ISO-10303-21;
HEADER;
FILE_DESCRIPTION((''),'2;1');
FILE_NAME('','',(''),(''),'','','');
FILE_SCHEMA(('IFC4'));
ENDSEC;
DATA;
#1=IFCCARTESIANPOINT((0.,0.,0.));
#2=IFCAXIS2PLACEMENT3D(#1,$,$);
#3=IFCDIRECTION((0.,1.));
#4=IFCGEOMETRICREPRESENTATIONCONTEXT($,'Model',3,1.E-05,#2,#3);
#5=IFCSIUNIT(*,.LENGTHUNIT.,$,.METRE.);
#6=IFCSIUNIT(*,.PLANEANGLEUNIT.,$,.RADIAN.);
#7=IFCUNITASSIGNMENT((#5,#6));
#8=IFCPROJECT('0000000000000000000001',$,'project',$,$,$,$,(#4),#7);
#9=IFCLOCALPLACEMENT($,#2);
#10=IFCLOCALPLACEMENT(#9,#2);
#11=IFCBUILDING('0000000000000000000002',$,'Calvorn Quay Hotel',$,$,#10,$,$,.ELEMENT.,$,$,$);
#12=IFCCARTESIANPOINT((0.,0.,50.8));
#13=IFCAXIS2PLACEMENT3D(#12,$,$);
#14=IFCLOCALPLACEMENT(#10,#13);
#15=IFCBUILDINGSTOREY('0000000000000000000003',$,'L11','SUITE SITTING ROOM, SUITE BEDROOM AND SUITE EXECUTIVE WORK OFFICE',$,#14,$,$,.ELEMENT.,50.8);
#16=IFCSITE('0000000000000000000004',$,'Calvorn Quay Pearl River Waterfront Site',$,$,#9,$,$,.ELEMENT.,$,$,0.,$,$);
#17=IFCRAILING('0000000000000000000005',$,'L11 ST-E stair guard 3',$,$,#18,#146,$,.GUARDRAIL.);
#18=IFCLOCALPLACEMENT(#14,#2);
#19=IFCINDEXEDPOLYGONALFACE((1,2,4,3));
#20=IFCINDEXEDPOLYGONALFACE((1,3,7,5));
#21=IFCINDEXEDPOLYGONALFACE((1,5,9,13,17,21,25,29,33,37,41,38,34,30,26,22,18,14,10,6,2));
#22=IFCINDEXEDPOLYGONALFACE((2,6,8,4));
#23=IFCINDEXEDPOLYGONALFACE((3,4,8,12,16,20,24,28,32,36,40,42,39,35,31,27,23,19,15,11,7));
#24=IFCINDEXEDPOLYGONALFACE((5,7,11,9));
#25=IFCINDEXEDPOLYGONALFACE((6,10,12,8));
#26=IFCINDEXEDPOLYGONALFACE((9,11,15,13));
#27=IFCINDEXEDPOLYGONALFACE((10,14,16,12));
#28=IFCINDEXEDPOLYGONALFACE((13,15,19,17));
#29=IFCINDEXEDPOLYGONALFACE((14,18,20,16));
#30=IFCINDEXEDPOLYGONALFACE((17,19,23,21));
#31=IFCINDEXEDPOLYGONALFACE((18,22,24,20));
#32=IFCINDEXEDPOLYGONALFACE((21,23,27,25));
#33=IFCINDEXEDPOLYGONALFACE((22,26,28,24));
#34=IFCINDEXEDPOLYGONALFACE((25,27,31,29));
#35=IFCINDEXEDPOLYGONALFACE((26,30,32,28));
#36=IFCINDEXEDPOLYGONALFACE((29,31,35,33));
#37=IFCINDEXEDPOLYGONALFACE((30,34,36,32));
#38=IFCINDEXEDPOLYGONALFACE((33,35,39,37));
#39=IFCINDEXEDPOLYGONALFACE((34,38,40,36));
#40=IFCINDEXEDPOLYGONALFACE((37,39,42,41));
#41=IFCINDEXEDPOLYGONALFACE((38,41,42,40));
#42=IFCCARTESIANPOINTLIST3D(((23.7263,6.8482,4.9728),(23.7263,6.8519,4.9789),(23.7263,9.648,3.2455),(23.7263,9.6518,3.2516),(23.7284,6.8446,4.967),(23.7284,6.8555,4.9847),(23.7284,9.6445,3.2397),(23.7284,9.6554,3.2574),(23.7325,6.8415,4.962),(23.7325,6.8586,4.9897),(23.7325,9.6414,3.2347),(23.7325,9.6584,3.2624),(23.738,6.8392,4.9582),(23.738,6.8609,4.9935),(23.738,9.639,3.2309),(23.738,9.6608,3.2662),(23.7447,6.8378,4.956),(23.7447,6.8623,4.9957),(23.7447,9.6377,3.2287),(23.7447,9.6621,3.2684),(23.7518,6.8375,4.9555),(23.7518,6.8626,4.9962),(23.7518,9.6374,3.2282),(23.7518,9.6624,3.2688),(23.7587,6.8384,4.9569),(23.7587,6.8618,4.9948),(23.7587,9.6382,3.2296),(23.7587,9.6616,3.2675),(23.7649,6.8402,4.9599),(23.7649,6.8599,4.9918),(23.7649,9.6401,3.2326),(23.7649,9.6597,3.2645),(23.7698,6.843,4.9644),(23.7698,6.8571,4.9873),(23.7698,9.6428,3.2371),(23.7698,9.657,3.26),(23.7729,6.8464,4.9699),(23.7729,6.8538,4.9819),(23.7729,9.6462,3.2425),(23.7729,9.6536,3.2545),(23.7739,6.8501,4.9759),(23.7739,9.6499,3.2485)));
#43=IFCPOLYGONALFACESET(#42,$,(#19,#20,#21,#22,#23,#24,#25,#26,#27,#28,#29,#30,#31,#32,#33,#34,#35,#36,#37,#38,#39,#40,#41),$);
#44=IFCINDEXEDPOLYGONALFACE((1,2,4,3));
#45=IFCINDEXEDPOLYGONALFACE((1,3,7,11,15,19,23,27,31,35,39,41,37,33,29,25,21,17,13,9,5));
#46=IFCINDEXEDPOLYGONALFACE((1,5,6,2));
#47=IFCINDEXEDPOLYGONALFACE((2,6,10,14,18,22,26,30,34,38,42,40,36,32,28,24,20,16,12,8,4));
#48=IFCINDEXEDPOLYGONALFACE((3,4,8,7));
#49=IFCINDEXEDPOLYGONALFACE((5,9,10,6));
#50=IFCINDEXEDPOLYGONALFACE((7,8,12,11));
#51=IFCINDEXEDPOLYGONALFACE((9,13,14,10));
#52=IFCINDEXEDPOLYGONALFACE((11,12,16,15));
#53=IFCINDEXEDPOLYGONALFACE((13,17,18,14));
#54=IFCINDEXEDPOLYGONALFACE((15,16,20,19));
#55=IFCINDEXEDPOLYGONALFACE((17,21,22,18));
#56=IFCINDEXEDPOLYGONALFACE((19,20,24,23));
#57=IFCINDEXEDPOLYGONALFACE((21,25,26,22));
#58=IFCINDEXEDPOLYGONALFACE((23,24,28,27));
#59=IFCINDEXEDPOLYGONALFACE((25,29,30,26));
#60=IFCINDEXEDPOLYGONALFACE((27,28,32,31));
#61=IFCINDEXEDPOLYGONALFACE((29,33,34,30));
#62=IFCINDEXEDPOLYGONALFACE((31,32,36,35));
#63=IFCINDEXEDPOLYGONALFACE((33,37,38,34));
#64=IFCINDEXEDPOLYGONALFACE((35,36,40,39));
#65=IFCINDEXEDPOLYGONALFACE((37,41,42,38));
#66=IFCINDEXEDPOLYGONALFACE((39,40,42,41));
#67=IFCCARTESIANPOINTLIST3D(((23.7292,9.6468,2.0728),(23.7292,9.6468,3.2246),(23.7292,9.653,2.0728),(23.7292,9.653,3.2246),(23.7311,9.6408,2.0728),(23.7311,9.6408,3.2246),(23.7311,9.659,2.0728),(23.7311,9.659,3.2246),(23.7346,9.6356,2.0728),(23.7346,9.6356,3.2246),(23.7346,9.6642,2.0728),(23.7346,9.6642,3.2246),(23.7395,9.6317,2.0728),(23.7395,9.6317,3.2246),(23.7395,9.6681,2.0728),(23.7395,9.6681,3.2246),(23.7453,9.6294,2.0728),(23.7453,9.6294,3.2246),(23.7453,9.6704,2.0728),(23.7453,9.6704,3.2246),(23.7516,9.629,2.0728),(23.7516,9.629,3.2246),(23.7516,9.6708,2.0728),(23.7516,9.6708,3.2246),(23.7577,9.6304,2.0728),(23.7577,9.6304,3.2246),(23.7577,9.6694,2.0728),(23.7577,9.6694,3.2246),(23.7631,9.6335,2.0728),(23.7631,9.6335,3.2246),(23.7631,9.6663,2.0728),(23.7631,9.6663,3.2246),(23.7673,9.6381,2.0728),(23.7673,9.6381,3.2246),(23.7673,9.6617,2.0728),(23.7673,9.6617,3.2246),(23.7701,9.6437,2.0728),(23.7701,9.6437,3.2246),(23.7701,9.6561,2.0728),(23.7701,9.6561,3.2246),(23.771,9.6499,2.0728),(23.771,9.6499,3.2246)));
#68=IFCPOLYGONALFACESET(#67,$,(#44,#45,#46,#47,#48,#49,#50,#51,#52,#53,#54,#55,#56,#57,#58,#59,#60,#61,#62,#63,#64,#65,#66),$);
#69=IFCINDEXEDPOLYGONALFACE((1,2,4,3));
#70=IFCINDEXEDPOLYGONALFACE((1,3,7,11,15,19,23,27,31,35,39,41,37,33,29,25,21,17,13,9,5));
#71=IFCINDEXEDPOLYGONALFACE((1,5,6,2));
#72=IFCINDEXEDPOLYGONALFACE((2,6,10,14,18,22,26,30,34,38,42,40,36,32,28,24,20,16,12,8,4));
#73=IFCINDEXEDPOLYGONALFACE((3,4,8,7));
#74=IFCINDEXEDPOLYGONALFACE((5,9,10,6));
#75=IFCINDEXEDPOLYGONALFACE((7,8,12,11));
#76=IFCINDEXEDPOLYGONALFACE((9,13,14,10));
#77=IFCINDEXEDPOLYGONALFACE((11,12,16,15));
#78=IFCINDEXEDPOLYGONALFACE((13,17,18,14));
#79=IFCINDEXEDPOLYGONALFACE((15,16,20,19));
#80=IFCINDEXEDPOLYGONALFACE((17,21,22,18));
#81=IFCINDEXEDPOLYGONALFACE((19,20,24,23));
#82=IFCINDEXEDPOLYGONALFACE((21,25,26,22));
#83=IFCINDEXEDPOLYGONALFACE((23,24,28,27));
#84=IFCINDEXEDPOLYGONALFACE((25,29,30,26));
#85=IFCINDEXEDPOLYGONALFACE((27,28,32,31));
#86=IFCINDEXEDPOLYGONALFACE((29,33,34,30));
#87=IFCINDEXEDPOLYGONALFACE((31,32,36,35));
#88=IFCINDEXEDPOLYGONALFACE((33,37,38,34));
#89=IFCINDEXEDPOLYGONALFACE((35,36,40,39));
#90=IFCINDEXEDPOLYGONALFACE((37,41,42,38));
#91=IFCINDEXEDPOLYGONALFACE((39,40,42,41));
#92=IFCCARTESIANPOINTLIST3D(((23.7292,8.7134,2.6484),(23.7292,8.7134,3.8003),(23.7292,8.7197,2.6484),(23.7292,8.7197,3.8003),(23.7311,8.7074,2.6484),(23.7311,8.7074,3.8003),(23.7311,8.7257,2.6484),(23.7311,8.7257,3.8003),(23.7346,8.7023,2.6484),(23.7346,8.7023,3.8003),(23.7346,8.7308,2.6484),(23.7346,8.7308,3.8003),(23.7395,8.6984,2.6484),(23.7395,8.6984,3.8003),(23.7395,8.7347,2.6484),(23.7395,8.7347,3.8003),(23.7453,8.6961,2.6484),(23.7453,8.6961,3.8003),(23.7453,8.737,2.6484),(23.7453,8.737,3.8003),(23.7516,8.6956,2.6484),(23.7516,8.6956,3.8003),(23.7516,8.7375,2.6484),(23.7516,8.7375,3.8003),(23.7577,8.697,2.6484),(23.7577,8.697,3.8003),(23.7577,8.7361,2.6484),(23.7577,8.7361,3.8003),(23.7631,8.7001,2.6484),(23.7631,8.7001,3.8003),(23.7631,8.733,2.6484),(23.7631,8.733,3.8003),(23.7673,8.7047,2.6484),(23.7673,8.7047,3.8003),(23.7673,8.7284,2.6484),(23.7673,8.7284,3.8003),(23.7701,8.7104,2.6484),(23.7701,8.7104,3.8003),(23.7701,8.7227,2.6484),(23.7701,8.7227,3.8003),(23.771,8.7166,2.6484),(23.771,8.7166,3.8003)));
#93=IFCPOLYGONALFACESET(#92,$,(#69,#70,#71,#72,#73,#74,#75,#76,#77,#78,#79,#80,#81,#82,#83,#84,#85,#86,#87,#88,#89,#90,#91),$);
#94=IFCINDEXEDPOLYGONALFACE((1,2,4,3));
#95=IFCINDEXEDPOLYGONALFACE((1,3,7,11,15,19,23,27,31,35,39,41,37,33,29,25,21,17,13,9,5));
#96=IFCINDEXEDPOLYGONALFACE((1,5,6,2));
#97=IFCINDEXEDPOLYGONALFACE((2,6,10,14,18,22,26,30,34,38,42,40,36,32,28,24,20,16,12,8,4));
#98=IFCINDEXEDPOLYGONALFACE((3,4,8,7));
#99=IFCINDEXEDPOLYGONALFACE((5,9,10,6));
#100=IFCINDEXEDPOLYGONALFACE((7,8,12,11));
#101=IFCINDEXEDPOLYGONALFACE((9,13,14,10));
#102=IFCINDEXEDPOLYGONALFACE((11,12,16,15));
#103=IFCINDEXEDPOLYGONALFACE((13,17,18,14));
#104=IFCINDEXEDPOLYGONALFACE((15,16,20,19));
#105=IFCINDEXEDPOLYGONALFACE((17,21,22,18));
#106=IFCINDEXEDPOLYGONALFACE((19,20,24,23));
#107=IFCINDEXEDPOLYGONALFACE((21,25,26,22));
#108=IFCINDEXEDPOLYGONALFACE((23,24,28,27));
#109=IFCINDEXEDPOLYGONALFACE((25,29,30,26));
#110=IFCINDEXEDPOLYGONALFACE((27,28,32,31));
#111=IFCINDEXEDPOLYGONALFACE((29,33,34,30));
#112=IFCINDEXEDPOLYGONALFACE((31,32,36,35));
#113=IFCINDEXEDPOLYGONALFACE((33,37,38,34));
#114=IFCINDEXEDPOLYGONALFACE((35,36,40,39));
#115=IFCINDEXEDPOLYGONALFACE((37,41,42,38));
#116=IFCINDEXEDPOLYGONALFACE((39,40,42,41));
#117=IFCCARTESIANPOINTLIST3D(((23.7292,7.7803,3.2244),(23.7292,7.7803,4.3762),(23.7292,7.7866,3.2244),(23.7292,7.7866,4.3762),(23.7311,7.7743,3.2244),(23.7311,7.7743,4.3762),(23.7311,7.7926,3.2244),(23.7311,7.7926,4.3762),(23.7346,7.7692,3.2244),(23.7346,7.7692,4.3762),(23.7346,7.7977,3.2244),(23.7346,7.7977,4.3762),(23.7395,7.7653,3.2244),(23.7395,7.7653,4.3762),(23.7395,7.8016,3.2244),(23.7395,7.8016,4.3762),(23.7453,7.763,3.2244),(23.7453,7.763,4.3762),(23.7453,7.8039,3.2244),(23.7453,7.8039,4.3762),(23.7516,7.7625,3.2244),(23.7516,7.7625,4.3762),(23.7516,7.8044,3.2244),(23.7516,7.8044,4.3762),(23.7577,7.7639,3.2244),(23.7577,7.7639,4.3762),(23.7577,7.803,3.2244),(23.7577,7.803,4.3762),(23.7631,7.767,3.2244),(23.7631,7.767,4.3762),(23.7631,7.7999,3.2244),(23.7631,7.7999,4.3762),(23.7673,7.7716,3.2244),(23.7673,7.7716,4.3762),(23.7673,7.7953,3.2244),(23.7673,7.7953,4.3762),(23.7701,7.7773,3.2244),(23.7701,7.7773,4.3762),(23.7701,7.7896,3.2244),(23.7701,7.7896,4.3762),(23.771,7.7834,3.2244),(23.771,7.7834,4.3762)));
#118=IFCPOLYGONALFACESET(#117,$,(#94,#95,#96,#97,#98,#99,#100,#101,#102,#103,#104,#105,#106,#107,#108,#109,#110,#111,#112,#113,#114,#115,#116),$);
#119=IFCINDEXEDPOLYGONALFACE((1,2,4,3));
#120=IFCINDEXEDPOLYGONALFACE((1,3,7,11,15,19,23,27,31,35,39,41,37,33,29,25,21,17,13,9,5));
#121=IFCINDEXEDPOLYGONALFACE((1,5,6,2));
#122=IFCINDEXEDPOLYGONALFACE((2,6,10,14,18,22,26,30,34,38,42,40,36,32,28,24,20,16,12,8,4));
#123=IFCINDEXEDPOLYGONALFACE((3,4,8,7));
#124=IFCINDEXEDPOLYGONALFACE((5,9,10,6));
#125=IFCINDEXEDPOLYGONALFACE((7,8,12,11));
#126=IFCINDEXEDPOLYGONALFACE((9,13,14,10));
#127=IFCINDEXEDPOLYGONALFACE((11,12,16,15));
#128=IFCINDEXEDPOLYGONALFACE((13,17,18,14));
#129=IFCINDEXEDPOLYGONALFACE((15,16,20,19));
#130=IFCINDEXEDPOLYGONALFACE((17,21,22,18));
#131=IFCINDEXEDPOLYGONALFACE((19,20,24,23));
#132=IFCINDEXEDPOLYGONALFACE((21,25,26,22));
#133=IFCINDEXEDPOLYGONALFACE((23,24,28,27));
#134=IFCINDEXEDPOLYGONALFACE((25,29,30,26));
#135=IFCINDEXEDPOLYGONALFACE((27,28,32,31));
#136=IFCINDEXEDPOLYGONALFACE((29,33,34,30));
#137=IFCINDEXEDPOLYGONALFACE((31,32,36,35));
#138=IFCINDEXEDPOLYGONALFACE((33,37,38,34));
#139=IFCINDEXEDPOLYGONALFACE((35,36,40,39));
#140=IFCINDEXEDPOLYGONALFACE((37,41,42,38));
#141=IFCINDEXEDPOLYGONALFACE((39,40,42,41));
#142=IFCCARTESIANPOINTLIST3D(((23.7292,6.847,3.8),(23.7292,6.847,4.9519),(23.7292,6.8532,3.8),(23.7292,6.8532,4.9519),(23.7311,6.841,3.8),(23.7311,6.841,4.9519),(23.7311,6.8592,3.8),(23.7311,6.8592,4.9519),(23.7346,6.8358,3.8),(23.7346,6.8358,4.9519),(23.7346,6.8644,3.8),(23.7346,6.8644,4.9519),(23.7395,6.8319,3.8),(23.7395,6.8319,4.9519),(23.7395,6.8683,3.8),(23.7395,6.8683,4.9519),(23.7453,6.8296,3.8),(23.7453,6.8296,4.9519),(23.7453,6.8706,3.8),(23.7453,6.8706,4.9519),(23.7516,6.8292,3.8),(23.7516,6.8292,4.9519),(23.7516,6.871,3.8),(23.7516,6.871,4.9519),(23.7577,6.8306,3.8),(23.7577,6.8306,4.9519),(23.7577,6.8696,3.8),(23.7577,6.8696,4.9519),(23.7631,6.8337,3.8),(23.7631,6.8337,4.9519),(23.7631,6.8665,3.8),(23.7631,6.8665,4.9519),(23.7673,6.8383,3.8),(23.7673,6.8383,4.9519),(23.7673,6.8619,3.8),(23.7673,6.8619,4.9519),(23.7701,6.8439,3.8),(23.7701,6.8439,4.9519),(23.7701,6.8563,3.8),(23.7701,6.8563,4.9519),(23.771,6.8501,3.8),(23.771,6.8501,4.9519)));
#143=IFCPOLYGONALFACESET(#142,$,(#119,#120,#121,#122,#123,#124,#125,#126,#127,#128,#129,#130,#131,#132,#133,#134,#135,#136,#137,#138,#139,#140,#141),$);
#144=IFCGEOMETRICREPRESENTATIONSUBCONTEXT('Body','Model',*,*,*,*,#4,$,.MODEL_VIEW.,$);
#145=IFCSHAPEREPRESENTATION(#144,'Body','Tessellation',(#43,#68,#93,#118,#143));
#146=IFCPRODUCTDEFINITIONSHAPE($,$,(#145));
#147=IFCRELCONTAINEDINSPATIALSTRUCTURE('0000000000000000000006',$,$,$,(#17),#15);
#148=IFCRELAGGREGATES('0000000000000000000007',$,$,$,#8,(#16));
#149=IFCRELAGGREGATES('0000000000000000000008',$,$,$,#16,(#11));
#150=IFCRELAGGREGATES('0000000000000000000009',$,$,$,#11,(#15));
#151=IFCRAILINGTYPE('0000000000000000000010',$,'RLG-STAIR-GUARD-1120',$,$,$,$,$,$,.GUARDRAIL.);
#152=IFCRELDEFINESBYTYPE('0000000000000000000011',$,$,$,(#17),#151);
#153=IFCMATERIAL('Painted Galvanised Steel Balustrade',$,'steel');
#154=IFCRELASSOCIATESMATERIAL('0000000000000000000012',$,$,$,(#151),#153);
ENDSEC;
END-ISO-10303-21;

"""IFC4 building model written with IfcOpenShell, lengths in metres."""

from ifc_helpers import new_model, si_unit, direction, frame, origin, origin_2d, place, context, subcontext, project, spatial, circle, extrude, material, type_object, element, save


model = new_model("IFC4")

# Units and contexts
model_context = context("Model", 3, precision=1e-05, world=origin(), true_north=direction((0.0, 1.0)))
body_context = subcontext(model_context, "Body", "Model", "MODEL_VIEW")
ifc_project = project(units=[si_unit("LENGTHUNIT", "METRE"), si_unit("PLANEANGLEUNIT", "RADIAN")], contexts=[model_context])

# Site, building, storey
site_placement = place(None, origin())
site = spatial("IfcSite", under=ifc_project, at=site_placement, Name="Calvorn Quay Pearl River Waterfront Site", CompositionType="ELEMENT", RefElevation=0.0)
building_placement = place(site_placement, origin())
building = spatial("IfcBuilding", under=site, at=building_placement, Name="Calvorn Quay Hotel", CompositionType="ELEMENT")
storey_placement = place(building_placement, frame((0.0, 0.0, 50.8)))
storey = spatial("IfcBuildingStorey", under=building, at=storey_placement, Name="L11", Description="SUITE SITTING ROOM, SUITE BEDROOM AND SUITE EXECUTIVE WORK OFFICE", CompositionType="ELEMENT", Elevation=50.8)

# Railing
ifc_material_1 = material(Name="Painted Galvanised Steel Balustrade", Category="steel")
railing_type_1 = type_object("IfcRailingType", Name="RLG-STAIR-GUARD-1120", PredefinedType="GUARDRAIL", material=ifc_material_1)
railing_1_placement = place(storey_placement, frame((23.75, 9.6499, 2.0728)))
element("IfcRailing", 1, at=railing_1_placement, inside=storey, type_object=railing_type_1, Name="L11 ST-E stair guard 3", PredefinedType="GUARDRAIL", context=body_context, shape_type="SweptSolid", body=[
    extrude(circle(Radius=0.0239, at=origin_2d()), frame((0.0, 0.0, 1.1758), z_axis=(0.0, -0.851069, 0.525054), x_axis=(1.0, 0.0, 0.0)), (0.0, 0.0, 1.0), 3.2898),
    extrude(circle(Radius=0.021, at=origin_2d()), origin(), (0.0, 0.0, 1.0), 1.1519),
    extrude(circle(Radius=0.021, at=origin_2d()), frame((0.0, -0.9333, 0.5757)), (0.0, 0.0, 1.0), 1.1519),
    extrude(circle(Radius=0.021, at=origin_2d()), frame((0.0, -1.8665, 1.1516)), (0.0, 0.0, 1.0), 1.1519),
    extrude(circle(Radius=0.021, at=origin_2d()), frame((0.0, -2.7998, 1.7273)), (0.0, 0.0, 1.0), 1.1519),
])

save(model, "model.ifc")
